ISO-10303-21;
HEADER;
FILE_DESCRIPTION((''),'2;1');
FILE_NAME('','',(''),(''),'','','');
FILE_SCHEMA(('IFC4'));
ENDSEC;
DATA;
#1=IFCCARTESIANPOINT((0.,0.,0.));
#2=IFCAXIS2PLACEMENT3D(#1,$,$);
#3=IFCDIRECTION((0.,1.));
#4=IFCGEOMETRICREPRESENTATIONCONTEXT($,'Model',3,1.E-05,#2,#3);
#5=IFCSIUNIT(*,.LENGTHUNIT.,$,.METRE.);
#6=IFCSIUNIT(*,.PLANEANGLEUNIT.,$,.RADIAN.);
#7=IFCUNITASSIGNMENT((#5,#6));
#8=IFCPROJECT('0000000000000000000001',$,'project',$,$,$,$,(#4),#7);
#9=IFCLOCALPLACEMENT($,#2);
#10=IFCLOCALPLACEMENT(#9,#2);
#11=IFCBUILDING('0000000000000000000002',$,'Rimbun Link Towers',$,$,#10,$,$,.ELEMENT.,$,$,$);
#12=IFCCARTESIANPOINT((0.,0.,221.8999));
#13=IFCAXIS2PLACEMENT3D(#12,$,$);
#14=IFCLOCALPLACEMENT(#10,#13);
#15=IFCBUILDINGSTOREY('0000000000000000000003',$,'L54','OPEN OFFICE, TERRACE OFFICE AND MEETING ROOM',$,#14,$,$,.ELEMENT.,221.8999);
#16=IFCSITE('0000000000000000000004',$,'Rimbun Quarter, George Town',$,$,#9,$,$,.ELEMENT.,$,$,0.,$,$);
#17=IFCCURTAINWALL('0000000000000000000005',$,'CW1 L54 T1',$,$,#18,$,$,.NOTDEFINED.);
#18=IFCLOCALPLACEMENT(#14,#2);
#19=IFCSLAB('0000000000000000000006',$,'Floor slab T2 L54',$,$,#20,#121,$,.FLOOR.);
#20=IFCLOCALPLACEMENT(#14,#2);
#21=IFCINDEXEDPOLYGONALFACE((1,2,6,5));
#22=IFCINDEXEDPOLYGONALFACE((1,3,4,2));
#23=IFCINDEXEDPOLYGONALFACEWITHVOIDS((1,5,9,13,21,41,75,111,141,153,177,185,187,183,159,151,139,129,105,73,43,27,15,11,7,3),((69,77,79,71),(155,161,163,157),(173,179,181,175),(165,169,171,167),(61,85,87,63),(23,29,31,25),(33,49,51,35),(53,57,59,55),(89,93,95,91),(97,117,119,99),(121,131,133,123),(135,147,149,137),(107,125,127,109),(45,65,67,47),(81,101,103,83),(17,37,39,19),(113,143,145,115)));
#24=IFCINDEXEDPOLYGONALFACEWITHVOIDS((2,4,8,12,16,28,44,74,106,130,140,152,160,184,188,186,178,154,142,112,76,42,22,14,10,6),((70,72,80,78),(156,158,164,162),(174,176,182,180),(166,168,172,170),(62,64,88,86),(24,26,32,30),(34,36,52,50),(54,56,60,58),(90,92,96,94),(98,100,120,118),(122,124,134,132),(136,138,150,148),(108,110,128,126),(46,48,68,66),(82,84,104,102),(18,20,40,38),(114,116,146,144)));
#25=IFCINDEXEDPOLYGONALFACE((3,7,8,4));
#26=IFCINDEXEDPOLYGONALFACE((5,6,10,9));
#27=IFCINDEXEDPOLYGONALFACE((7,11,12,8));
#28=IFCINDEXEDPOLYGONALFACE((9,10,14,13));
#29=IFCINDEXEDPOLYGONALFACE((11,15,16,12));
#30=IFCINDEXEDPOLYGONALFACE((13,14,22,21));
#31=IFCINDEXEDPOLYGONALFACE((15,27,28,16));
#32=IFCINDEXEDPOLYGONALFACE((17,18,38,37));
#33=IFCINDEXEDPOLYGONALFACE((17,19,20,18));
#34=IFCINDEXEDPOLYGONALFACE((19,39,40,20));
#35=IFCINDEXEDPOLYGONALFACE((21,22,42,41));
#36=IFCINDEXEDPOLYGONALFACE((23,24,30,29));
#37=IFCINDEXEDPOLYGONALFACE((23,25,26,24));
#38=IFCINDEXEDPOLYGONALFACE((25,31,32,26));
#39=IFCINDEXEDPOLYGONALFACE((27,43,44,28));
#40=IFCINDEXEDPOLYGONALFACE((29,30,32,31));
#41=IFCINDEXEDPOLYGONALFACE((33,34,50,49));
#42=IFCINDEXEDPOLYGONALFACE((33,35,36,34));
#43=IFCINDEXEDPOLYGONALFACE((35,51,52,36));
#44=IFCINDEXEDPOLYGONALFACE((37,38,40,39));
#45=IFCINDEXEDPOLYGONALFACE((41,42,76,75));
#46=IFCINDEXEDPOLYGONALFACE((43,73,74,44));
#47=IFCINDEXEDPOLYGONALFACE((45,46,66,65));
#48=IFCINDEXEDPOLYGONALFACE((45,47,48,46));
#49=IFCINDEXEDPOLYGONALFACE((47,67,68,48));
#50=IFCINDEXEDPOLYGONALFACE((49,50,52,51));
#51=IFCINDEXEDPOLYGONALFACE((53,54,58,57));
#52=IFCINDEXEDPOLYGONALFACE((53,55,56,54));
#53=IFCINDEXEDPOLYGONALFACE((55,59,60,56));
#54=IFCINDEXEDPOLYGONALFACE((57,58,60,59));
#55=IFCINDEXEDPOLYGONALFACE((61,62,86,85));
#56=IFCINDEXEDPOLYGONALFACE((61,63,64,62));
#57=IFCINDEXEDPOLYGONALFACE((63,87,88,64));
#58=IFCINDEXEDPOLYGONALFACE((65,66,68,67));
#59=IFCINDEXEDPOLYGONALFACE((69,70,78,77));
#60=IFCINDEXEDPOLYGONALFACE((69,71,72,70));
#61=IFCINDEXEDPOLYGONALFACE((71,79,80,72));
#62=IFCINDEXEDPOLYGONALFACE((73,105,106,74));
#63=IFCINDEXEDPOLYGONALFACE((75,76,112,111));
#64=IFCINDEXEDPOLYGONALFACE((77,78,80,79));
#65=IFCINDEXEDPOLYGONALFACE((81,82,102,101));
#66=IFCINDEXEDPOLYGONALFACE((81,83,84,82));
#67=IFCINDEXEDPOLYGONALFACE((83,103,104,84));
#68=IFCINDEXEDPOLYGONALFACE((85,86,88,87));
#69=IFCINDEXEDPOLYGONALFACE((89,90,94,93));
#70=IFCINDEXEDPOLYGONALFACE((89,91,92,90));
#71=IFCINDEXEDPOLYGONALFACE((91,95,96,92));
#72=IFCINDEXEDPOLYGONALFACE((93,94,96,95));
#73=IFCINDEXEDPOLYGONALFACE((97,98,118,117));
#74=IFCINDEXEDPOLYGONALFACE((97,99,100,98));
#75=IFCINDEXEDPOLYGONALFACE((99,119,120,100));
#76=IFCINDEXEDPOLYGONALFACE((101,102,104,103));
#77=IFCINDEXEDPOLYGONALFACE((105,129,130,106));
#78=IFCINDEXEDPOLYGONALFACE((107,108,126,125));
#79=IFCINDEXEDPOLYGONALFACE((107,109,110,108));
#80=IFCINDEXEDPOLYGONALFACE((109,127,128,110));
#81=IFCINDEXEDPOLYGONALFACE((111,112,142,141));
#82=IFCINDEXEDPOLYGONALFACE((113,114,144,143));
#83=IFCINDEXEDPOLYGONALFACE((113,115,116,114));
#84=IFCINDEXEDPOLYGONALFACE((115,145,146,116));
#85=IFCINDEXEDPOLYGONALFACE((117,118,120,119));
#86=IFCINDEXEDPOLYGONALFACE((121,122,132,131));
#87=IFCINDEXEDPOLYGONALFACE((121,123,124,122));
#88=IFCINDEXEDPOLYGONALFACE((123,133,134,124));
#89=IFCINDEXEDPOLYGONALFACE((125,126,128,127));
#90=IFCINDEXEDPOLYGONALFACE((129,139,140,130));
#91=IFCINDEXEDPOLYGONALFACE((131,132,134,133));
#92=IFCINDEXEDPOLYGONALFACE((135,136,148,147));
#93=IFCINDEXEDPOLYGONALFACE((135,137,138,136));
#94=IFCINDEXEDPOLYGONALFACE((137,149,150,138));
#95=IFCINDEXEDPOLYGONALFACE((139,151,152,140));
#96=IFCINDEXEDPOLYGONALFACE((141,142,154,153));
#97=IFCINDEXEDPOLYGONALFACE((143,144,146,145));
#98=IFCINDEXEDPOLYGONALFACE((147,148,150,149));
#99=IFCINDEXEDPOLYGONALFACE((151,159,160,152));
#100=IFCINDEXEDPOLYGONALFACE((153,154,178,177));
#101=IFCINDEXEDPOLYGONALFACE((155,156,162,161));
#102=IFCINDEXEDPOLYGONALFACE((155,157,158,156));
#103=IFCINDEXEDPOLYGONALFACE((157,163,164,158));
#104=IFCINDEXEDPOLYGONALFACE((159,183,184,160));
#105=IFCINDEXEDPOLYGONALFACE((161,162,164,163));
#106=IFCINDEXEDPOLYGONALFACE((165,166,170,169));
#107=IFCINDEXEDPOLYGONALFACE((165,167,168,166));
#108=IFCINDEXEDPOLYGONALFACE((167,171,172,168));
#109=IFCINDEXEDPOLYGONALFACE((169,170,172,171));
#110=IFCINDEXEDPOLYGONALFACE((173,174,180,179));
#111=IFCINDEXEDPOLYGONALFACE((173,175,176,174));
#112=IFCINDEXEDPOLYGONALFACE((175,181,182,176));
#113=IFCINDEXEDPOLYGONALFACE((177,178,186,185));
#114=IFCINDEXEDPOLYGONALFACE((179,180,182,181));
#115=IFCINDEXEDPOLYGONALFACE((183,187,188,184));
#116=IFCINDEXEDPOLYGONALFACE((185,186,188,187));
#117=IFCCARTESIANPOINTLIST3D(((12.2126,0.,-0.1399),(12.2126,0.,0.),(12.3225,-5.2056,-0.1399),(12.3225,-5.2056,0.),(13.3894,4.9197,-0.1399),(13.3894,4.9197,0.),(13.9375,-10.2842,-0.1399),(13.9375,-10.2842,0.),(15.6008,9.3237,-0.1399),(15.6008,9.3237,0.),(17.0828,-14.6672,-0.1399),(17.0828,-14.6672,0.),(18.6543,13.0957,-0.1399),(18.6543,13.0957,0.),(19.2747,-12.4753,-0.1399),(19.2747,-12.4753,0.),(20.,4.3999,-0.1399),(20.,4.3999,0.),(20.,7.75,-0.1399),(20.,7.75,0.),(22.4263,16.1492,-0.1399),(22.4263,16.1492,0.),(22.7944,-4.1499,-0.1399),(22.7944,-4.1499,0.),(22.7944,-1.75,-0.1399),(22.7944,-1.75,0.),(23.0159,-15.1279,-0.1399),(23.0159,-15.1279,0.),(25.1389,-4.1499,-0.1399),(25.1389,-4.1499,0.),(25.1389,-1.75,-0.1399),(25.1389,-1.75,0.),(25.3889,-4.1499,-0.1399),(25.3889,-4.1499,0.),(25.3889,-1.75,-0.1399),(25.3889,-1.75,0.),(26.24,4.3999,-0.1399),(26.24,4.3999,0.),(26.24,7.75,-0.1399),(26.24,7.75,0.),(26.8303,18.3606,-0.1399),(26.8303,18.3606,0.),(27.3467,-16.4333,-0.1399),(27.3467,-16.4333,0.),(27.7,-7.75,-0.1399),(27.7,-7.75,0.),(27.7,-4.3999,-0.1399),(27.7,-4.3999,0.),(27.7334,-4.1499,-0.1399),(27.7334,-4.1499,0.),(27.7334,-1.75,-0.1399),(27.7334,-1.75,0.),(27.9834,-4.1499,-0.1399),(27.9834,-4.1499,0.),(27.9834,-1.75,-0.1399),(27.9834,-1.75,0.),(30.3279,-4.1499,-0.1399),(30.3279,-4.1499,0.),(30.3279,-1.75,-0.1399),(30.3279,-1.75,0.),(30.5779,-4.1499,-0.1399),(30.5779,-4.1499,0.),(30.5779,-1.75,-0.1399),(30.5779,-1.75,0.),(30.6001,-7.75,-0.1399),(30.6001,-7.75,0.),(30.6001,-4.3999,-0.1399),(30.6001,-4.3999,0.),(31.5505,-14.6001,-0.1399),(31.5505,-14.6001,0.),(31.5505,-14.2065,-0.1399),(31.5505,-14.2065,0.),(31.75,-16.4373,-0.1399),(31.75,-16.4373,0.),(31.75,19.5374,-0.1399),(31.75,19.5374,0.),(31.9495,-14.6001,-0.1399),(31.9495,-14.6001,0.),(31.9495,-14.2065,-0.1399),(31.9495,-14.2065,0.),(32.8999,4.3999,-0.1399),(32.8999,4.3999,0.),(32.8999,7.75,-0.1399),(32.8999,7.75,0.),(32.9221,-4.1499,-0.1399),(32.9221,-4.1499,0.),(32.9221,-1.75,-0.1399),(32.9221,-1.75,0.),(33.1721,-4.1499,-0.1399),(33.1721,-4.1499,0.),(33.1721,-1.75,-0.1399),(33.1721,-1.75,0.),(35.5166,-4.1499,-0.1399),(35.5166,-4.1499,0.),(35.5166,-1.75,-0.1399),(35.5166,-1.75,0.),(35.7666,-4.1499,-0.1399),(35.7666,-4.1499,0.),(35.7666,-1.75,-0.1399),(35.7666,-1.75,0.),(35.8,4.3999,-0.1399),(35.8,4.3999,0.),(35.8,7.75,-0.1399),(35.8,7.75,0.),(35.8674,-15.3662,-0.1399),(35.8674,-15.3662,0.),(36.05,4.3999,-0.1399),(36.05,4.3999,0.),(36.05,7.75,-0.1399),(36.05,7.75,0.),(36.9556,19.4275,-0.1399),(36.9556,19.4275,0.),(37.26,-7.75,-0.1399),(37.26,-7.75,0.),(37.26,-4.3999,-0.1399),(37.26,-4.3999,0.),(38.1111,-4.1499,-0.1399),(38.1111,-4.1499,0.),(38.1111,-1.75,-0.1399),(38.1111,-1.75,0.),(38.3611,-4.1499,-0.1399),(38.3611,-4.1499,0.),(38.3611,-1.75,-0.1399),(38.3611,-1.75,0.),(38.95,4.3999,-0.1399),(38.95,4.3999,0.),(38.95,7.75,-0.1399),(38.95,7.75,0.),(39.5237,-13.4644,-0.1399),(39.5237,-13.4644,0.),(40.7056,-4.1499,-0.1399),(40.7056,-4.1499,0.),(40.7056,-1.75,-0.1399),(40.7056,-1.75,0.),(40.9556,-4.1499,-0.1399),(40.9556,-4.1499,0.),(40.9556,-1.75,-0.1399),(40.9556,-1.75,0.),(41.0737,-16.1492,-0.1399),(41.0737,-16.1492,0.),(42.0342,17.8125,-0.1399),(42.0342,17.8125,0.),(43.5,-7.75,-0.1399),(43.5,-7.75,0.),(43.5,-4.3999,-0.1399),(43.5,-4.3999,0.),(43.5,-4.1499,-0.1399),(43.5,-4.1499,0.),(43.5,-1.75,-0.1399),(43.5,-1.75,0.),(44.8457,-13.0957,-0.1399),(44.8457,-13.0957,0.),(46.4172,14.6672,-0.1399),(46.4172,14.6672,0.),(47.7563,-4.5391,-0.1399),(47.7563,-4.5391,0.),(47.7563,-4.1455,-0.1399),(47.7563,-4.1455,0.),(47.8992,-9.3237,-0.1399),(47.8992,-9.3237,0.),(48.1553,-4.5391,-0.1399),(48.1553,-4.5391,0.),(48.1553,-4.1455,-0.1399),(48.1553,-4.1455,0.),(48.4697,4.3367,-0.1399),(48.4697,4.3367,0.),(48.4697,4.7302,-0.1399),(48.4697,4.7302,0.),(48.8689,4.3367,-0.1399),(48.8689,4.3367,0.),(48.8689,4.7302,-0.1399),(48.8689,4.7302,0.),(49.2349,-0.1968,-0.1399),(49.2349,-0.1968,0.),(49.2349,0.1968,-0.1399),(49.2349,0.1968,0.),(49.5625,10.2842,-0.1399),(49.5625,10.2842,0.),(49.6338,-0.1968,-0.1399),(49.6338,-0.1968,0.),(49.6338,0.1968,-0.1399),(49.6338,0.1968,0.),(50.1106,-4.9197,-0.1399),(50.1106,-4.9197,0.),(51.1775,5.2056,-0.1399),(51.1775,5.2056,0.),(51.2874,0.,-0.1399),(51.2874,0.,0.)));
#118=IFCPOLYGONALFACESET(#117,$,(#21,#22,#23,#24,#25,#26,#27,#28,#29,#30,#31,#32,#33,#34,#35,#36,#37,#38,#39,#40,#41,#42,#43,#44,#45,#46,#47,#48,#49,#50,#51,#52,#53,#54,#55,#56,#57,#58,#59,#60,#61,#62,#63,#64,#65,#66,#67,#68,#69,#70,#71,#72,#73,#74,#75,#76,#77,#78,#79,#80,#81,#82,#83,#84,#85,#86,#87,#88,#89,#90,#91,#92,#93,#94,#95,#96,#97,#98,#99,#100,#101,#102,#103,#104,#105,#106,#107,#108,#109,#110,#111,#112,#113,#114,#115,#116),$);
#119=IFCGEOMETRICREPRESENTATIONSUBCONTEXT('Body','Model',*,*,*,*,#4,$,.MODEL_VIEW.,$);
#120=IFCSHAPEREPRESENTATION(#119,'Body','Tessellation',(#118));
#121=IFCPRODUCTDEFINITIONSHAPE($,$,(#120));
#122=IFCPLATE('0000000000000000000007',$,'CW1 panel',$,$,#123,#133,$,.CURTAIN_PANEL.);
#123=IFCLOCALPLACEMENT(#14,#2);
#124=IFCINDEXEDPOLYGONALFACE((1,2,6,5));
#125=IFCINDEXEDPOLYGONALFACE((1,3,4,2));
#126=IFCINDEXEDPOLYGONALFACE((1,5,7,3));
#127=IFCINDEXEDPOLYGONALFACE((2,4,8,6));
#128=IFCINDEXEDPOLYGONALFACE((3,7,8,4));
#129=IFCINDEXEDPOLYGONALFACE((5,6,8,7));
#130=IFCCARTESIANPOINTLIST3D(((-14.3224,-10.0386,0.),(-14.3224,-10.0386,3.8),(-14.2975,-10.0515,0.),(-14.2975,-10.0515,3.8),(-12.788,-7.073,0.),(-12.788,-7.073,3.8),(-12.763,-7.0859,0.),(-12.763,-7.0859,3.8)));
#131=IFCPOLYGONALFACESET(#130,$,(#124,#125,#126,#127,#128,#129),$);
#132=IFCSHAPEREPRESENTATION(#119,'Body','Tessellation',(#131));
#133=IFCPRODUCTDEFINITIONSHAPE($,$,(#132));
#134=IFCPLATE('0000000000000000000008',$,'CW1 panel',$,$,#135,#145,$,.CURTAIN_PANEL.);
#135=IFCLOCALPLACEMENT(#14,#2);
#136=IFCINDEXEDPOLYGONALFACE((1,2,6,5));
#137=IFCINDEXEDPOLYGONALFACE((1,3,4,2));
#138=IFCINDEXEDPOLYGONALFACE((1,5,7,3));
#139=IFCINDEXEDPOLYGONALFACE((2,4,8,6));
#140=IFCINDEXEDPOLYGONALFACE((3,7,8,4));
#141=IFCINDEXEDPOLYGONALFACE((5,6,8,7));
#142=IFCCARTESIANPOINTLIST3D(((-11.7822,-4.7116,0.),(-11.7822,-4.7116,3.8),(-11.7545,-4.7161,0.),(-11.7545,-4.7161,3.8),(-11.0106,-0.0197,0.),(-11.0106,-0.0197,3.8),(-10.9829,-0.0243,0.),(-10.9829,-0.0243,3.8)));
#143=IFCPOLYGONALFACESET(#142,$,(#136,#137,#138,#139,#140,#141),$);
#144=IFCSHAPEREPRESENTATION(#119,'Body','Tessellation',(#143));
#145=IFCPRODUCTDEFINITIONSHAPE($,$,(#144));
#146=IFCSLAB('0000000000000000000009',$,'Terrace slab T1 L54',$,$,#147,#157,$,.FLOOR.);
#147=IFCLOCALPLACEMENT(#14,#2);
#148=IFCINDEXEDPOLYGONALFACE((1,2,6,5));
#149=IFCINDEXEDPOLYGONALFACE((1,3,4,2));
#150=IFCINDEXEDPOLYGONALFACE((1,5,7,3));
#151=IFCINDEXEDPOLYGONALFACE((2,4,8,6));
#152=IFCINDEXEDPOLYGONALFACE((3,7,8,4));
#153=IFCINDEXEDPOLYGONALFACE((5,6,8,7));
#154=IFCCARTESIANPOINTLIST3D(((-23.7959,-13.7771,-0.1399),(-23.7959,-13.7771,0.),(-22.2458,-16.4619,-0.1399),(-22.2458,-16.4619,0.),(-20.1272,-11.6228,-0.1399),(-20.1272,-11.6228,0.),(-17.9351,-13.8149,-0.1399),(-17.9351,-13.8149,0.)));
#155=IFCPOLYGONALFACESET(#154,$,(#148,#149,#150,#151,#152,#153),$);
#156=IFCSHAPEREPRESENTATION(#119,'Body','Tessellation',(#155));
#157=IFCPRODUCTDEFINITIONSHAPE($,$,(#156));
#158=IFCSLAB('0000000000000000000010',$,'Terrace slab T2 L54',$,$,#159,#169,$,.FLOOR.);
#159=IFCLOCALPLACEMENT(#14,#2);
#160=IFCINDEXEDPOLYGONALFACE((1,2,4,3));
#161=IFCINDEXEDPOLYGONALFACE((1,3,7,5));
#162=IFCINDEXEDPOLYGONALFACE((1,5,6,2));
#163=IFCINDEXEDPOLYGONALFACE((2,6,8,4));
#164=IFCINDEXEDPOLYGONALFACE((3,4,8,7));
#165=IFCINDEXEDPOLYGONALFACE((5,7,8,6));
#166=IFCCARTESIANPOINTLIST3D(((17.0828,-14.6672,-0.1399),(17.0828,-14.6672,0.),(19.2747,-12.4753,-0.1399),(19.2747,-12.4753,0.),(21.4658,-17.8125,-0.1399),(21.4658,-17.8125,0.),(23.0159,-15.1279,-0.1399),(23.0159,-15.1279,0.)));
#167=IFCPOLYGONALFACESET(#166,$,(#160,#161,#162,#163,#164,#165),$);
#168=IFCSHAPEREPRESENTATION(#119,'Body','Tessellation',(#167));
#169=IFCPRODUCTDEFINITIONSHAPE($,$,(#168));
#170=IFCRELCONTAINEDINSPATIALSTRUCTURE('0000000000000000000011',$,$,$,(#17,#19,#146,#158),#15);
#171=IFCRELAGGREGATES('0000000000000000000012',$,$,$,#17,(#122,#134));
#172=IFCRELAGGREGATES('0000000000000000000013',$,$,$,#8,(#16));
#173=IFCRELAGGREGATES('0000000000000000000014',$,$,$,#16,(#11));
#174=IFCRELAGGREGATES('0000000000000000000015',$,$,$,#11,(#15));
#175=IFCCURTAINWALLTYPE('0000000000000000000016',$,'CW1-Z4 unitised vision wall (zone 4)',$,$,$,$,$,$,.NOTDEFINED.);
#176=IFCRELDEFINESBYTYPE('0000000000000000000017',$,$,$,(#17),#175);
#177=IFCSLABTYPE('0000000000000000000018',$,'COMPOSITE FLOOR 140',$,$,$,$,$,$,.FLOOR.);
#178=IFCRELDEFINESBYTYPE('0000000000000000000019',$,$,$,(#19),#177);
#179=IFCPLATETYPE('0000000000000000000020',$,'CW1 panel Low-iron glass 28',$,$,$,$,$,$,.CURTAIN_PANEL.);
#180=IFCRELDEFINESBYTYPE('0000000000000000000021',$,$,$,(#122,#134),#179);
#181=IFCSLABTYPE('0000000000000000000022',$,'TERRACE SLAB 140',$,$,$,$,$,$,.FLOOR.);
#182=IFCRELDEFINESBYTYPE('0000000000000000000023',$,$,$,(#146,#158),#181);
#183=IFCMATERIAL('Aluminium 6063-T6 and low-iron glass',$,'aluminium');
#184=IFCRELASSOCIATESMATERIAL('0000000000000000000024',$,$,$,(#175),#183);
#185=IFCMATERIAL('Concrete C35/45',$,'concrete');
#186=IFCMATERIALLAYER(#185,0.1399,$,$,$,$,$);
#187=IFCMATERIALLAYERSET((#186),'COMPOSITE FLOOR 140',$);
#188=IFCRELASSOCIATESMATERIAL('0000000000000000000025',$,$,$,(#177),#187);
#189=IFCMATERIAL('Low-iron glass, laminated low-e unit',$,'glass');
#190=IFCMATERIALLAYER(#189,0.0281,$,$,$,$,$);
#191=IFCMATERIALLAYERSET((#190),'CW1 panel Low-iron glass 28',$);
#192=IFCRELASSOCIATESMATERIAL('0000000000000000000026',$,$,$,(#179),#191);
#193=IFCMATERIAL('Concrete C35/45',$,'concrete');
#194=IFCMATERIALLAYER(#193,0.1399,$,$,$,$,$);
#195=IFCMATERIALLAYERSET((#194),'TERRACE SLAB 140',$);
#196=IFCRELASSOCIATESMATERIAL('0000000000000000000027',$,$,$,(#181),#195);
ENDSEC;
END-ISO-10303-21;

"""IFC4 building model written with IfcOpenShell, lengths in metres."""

from ifc_helpers import new_model, si_unit, direction, frame, origin, origin_2d, place, context, subcontext, project, spatial, polyline, rectangle, outline, extrude, material, layer, layer_set, type_object, element, aggregate, save


model = new_model("IFC4")

# Units and contexts
model_context = context("Model", 3, precision=1e-05, world=origin(), true_north=direction((0.0, 1.0)))
body_context = subcontext(model_context, "Body", "Model", "MODEL_VIEW")
ifc_project = project(units=[si_unit("LENGTHUNIT", "METRE"), si_unit("PLANEANGLEUNIT", "RADIAN")], contexts=[model_context])

# Site, building, storey
site_placement = place(None, origin())
site = spatial("IfcSite", under=ifc_project, at=site_placement, Name="Rimbun Quarter, George Town", CompositionType="ELEMENT", RefElevation=0.0)
building_placement = place(site_placement, origin())
building = spatial("IfcBuilding", under=site, at=building_placement, Name="Rimbun Link Towers", CompositionType="ELEMENT")
storey_placement = place(building_placement, frame((0.0, 0.0, 221.8999)))
storey = spatial("IfcBuildingStorey", under=building, at=storey_placement, Name="L54", Description="OPEN OFFICE, TERRACE OFFICE AND MEETING ROOM", CompositionType="ELEMENT", Elevation=221.8999)

# Curtain wall
ifc_material_1 = material(Name="Aluminium 6063-T6 and low-iron glass", Category="aluminium")
curtain_wall_type = type_object("IfcCurtainWallType", Name="CW1-Z4 unitised vision wall (zone 4)", PredefinedType="NOTDEFINED", material=ifc_material_1)
curtain_wall_placement = place(storey_placement, origin())
curtain_wall = element("IfcCurtainWall", 1, at=curtain_wall_placement, inside=storey, type_object=curtain_wall_type, Name="CW1 L54 T1", PredefinedType="NOTDEFINED")

# Slab
ifc_material_2 = material(Name="Concrete C35/45", Category="concrete")
ifc_layer_1 = layer(ifc_material_2, 0.1399)
ifc_layer_set_1 = layer_set([ifc_layer_1], Name="COMPOSITE FLOOR 140")
slab_type_1 = type_object("IfcSlabType", Name="COMPOSITE FLOOR 140", PredefinedType="FLOOR", material=ifc_layer_set_1)
slab_1_placement = place(storey_placement, frame((0.0, 0.0, -0.1399)))
element("IfcSlab", 2, at=slab_1_placement, inside=storey, type_object=slab_type_1, Name="Floor slab T2 L54", PredefinedType="FLOOR", context=body_context, shape_type="SweptSolid", body=[
    extrude(outline(polyline([(13.9375, -10.2842), (12.3225, -5.2056), (12.2126, 0.0), (13.3894, 4.9197), (15.6008, 9.3237), (18.6543, 13.0957), (22.4263, 16.1492), (26.8303, 18.3606), (31.75, 19.5374), (36.9556, 19.4275), (42.0342, 17.8125), (46.4172, 14.6672), (49.5625, 10.2842), (51.1775, 5.2056), (51.2874, 0.0), (50.1106, -4.9197), (47.8992, -9.3237), (44.8457, -13.0957), (41.0737, -16.1492), (39.5237, -13.4644), (35.8674, -15.3662), (31.75, -16.4373), (27.3467, -16.4333), (23.0159, -15.1279), (19.2747, -12.4753), (17.0828, -14.6672), (13.9375, -10.2842)]), holes=[polyline([(31.9495, -14.6001), (31.9495, -14.2065), (31.5505, -14.2065), (31.5505, -14.6001), (31.9495, -14.6001)]), polyline([(30.6001, -7.75), (30.6001, -4.3999), (27.7, -4.3999), (27.7, -7.75), (30.6001, -7.75)]), polyline([(25.1389, -4.1499), (25.1389, -1.75), (22.7944, -1.75), (22.7944, -4.1499), (25.1389, -4.1499)]), polyline([(27.7334, -4.1499), (27.7334, -1.75), (25.3889, -1.75), (25.3889, -4.1499), (27.7334, -4.1499)]), polyline([(30.3279, -4.1499), (30.3279, -1.75), (27.9834, -1.75), (27.9834, -4.1499), (30.3279, -4.1499)]), polyline([(32.9221, -4.1499), (32.9221, -1.75), (30.5779, -1.75), (30.5779, -4.1499), (32.9221, -4.1499)]), polyline([(35.5166, -4.1499), (35.5166, -1.75), (33.1721, -1.75), (33.1721, -4.1499), (35.5166, -4.1499)]), polyline([(26.24, 4.3999), (26.24, 7.75), (20.0, 7.75), (20.0, 4.3999), (26.24, 4.3999)]), polyline([(35.8, 4.3999), (35.8, 7.75), (32.8999, 7.75), (32.8999, 4.3999), (35.8, 4.3999)]), polyline([(43.5, -7.75), (43.5, -4.3999), (37.26, -4.3999), (37.26, -7.75), (43.5, -7.75)]), polyline([(48.1553, -4.5391), (48.1553, -4.1455), (47.7563, -4.1455), (47.7563, -4.5391), (48.1553, -4.5391)]), polyline([(38.1111, -4.1499), (38.1111, -1.75), (35.7666, -1.75), (35.7666, -4.1499), (38.1111, -4.1499)]), polyline([(40.7056, -4.1499), (40.7056, -1.75), (38.3611, -1.75), (38.3611, -4.1499), (40.7056, -4.1499)]), polyline([(43.5, -4.1499), (43.5, -1.75), (40.9556, -1.75), (40.9556, -4.1499), (43.5, -4.1499)]), polyline([(49.6338, -0.1968), (49.6338, 0.1968), (49.2349, 0.1968), (49.2349, -0.1968), (49.6338, -0.1968)]), polyline([(48.4697, 4.3367), (48.8689, 4.3367), (48.8689, 4.7302), (48.4697, 4.7302), (48.4697, 4.3367)]), polyline([(36.05, 4.3999), (38.95, 4.3999), (38.95, 7.75), (36.05, 7.75), (36.05, 4.3999)])]), origin(), (0.0, 0.0, 1.0), 0.1399),
])

# Plates
ifc_material_3 = material(Name="Low-iron glass, laminated low-e unit", Category="glass")
ifc_layer_2 = layer(ifc_material_3, 0.0281)
ifc_layer_set_2 = layer_set([ifc_layer_2], Name="CW1 panel Low-iron glass 28")
plate_type = type_object("IfcPlateType", Name="CW1 panel Low-iron glass 28", PredefinedType="CURTAIN_PANEL", material=ifc_layer_set_2)
plate_1_placement = place(storey_placement, frame((-13.5427, -8.5623, 0.0), z_axis=(0.0, 0.0, 1.0), x_axis=(-0.459548, -0.888153, 0.0)))
plate_1 = element("IfcPlate", 3, at=plate_1_placement, type_object=plate_type, Name="CW1 panel", PredefinedType="CURTAIN_PANEL", context=body_context, shape_type="SweptSolid", body=[
    extrude(rectangle(XDim=3.3391, YDim=0.0281, at=origin_2d()), origin(), (0.0, 0.0, 1.0), 3.8),
])
plate_2_placement = place(storey_placement, frame((-11.3826, -2.3679, 0.0), z_axis=(0.0, 0.0, 1.0), x_axis=(-0.162264, -0.986747, 0.0)))
plate_2 = element("IfcPlate", 4, at=plate_2_placement, type_object=plate_type, Name="CW1 panel", PredefinedType="CURTAIN_PANEL", context=body_context, shape_type="SweptSolid", body=[
    extrude(rectangle(XDim=4.7549, YDim=0.0281, at=origin_2d()), origin(), (0.0, 0.0, 1.0), 3.8),
])
aggregate(curtain_wall, [plate_1, plate_2])

# Slabs
ifc_material_4 = material(Name="Concrete C35/45", Category="concrete")
ifc_layer_3 = layer(ifc_material_4, 0.1399)
ifc_layer_set_3 = layer_set([ifc_layer_3], Name="TERRACE SLAB 140")
slab_type_2 = type_object("IfcSlabType", Name="TERRACE SLAB 140", PredefinedType="FLOOR", material=ifc_layer_set_3)
slab_2_placement = place(storey_placement, frame((0.0, 0.0, -0.1399)))
element("IfcSlab", 5, at=slab_2_placement, inside=storey, type_object=slab_type_2, Name="Terrace slab T1 L54", PredefinedType="FLOOR", context=body_context, shape_type="SweptSolid", body=[
    extrude(outline(polyline([(-23.7959, -13.7771), (-20.1272, -11.6228), (-17.9351, -13.8149), (-22.2458, -16.4619), (-23.7959, -13.7771)])), origin(), (0.0, 0.0, 1.0), 0.1399),
])
slab_3_placement = place(storey_placement, frame((0.0, 0.0, -0.1399)))
element("IfcSlab", 6, at=slab_3_placement, inside=storey, type_object=slab_type_2, Name="Terrace slab T2 L54", PredefinedType="FLOOR", context=body_context, shape_type="SweptSolid", body=[
    extrude(outline(polyline([(19.2747, -12.4753), (23.0159, -15.1279), (21.4658, -17.8125), (17.0828, -14.6672), (19.2747, -12.4753)])), origin(), (0.0, 0.0, 1.0), 0.1399),
])

save(model, "model.ifc")
